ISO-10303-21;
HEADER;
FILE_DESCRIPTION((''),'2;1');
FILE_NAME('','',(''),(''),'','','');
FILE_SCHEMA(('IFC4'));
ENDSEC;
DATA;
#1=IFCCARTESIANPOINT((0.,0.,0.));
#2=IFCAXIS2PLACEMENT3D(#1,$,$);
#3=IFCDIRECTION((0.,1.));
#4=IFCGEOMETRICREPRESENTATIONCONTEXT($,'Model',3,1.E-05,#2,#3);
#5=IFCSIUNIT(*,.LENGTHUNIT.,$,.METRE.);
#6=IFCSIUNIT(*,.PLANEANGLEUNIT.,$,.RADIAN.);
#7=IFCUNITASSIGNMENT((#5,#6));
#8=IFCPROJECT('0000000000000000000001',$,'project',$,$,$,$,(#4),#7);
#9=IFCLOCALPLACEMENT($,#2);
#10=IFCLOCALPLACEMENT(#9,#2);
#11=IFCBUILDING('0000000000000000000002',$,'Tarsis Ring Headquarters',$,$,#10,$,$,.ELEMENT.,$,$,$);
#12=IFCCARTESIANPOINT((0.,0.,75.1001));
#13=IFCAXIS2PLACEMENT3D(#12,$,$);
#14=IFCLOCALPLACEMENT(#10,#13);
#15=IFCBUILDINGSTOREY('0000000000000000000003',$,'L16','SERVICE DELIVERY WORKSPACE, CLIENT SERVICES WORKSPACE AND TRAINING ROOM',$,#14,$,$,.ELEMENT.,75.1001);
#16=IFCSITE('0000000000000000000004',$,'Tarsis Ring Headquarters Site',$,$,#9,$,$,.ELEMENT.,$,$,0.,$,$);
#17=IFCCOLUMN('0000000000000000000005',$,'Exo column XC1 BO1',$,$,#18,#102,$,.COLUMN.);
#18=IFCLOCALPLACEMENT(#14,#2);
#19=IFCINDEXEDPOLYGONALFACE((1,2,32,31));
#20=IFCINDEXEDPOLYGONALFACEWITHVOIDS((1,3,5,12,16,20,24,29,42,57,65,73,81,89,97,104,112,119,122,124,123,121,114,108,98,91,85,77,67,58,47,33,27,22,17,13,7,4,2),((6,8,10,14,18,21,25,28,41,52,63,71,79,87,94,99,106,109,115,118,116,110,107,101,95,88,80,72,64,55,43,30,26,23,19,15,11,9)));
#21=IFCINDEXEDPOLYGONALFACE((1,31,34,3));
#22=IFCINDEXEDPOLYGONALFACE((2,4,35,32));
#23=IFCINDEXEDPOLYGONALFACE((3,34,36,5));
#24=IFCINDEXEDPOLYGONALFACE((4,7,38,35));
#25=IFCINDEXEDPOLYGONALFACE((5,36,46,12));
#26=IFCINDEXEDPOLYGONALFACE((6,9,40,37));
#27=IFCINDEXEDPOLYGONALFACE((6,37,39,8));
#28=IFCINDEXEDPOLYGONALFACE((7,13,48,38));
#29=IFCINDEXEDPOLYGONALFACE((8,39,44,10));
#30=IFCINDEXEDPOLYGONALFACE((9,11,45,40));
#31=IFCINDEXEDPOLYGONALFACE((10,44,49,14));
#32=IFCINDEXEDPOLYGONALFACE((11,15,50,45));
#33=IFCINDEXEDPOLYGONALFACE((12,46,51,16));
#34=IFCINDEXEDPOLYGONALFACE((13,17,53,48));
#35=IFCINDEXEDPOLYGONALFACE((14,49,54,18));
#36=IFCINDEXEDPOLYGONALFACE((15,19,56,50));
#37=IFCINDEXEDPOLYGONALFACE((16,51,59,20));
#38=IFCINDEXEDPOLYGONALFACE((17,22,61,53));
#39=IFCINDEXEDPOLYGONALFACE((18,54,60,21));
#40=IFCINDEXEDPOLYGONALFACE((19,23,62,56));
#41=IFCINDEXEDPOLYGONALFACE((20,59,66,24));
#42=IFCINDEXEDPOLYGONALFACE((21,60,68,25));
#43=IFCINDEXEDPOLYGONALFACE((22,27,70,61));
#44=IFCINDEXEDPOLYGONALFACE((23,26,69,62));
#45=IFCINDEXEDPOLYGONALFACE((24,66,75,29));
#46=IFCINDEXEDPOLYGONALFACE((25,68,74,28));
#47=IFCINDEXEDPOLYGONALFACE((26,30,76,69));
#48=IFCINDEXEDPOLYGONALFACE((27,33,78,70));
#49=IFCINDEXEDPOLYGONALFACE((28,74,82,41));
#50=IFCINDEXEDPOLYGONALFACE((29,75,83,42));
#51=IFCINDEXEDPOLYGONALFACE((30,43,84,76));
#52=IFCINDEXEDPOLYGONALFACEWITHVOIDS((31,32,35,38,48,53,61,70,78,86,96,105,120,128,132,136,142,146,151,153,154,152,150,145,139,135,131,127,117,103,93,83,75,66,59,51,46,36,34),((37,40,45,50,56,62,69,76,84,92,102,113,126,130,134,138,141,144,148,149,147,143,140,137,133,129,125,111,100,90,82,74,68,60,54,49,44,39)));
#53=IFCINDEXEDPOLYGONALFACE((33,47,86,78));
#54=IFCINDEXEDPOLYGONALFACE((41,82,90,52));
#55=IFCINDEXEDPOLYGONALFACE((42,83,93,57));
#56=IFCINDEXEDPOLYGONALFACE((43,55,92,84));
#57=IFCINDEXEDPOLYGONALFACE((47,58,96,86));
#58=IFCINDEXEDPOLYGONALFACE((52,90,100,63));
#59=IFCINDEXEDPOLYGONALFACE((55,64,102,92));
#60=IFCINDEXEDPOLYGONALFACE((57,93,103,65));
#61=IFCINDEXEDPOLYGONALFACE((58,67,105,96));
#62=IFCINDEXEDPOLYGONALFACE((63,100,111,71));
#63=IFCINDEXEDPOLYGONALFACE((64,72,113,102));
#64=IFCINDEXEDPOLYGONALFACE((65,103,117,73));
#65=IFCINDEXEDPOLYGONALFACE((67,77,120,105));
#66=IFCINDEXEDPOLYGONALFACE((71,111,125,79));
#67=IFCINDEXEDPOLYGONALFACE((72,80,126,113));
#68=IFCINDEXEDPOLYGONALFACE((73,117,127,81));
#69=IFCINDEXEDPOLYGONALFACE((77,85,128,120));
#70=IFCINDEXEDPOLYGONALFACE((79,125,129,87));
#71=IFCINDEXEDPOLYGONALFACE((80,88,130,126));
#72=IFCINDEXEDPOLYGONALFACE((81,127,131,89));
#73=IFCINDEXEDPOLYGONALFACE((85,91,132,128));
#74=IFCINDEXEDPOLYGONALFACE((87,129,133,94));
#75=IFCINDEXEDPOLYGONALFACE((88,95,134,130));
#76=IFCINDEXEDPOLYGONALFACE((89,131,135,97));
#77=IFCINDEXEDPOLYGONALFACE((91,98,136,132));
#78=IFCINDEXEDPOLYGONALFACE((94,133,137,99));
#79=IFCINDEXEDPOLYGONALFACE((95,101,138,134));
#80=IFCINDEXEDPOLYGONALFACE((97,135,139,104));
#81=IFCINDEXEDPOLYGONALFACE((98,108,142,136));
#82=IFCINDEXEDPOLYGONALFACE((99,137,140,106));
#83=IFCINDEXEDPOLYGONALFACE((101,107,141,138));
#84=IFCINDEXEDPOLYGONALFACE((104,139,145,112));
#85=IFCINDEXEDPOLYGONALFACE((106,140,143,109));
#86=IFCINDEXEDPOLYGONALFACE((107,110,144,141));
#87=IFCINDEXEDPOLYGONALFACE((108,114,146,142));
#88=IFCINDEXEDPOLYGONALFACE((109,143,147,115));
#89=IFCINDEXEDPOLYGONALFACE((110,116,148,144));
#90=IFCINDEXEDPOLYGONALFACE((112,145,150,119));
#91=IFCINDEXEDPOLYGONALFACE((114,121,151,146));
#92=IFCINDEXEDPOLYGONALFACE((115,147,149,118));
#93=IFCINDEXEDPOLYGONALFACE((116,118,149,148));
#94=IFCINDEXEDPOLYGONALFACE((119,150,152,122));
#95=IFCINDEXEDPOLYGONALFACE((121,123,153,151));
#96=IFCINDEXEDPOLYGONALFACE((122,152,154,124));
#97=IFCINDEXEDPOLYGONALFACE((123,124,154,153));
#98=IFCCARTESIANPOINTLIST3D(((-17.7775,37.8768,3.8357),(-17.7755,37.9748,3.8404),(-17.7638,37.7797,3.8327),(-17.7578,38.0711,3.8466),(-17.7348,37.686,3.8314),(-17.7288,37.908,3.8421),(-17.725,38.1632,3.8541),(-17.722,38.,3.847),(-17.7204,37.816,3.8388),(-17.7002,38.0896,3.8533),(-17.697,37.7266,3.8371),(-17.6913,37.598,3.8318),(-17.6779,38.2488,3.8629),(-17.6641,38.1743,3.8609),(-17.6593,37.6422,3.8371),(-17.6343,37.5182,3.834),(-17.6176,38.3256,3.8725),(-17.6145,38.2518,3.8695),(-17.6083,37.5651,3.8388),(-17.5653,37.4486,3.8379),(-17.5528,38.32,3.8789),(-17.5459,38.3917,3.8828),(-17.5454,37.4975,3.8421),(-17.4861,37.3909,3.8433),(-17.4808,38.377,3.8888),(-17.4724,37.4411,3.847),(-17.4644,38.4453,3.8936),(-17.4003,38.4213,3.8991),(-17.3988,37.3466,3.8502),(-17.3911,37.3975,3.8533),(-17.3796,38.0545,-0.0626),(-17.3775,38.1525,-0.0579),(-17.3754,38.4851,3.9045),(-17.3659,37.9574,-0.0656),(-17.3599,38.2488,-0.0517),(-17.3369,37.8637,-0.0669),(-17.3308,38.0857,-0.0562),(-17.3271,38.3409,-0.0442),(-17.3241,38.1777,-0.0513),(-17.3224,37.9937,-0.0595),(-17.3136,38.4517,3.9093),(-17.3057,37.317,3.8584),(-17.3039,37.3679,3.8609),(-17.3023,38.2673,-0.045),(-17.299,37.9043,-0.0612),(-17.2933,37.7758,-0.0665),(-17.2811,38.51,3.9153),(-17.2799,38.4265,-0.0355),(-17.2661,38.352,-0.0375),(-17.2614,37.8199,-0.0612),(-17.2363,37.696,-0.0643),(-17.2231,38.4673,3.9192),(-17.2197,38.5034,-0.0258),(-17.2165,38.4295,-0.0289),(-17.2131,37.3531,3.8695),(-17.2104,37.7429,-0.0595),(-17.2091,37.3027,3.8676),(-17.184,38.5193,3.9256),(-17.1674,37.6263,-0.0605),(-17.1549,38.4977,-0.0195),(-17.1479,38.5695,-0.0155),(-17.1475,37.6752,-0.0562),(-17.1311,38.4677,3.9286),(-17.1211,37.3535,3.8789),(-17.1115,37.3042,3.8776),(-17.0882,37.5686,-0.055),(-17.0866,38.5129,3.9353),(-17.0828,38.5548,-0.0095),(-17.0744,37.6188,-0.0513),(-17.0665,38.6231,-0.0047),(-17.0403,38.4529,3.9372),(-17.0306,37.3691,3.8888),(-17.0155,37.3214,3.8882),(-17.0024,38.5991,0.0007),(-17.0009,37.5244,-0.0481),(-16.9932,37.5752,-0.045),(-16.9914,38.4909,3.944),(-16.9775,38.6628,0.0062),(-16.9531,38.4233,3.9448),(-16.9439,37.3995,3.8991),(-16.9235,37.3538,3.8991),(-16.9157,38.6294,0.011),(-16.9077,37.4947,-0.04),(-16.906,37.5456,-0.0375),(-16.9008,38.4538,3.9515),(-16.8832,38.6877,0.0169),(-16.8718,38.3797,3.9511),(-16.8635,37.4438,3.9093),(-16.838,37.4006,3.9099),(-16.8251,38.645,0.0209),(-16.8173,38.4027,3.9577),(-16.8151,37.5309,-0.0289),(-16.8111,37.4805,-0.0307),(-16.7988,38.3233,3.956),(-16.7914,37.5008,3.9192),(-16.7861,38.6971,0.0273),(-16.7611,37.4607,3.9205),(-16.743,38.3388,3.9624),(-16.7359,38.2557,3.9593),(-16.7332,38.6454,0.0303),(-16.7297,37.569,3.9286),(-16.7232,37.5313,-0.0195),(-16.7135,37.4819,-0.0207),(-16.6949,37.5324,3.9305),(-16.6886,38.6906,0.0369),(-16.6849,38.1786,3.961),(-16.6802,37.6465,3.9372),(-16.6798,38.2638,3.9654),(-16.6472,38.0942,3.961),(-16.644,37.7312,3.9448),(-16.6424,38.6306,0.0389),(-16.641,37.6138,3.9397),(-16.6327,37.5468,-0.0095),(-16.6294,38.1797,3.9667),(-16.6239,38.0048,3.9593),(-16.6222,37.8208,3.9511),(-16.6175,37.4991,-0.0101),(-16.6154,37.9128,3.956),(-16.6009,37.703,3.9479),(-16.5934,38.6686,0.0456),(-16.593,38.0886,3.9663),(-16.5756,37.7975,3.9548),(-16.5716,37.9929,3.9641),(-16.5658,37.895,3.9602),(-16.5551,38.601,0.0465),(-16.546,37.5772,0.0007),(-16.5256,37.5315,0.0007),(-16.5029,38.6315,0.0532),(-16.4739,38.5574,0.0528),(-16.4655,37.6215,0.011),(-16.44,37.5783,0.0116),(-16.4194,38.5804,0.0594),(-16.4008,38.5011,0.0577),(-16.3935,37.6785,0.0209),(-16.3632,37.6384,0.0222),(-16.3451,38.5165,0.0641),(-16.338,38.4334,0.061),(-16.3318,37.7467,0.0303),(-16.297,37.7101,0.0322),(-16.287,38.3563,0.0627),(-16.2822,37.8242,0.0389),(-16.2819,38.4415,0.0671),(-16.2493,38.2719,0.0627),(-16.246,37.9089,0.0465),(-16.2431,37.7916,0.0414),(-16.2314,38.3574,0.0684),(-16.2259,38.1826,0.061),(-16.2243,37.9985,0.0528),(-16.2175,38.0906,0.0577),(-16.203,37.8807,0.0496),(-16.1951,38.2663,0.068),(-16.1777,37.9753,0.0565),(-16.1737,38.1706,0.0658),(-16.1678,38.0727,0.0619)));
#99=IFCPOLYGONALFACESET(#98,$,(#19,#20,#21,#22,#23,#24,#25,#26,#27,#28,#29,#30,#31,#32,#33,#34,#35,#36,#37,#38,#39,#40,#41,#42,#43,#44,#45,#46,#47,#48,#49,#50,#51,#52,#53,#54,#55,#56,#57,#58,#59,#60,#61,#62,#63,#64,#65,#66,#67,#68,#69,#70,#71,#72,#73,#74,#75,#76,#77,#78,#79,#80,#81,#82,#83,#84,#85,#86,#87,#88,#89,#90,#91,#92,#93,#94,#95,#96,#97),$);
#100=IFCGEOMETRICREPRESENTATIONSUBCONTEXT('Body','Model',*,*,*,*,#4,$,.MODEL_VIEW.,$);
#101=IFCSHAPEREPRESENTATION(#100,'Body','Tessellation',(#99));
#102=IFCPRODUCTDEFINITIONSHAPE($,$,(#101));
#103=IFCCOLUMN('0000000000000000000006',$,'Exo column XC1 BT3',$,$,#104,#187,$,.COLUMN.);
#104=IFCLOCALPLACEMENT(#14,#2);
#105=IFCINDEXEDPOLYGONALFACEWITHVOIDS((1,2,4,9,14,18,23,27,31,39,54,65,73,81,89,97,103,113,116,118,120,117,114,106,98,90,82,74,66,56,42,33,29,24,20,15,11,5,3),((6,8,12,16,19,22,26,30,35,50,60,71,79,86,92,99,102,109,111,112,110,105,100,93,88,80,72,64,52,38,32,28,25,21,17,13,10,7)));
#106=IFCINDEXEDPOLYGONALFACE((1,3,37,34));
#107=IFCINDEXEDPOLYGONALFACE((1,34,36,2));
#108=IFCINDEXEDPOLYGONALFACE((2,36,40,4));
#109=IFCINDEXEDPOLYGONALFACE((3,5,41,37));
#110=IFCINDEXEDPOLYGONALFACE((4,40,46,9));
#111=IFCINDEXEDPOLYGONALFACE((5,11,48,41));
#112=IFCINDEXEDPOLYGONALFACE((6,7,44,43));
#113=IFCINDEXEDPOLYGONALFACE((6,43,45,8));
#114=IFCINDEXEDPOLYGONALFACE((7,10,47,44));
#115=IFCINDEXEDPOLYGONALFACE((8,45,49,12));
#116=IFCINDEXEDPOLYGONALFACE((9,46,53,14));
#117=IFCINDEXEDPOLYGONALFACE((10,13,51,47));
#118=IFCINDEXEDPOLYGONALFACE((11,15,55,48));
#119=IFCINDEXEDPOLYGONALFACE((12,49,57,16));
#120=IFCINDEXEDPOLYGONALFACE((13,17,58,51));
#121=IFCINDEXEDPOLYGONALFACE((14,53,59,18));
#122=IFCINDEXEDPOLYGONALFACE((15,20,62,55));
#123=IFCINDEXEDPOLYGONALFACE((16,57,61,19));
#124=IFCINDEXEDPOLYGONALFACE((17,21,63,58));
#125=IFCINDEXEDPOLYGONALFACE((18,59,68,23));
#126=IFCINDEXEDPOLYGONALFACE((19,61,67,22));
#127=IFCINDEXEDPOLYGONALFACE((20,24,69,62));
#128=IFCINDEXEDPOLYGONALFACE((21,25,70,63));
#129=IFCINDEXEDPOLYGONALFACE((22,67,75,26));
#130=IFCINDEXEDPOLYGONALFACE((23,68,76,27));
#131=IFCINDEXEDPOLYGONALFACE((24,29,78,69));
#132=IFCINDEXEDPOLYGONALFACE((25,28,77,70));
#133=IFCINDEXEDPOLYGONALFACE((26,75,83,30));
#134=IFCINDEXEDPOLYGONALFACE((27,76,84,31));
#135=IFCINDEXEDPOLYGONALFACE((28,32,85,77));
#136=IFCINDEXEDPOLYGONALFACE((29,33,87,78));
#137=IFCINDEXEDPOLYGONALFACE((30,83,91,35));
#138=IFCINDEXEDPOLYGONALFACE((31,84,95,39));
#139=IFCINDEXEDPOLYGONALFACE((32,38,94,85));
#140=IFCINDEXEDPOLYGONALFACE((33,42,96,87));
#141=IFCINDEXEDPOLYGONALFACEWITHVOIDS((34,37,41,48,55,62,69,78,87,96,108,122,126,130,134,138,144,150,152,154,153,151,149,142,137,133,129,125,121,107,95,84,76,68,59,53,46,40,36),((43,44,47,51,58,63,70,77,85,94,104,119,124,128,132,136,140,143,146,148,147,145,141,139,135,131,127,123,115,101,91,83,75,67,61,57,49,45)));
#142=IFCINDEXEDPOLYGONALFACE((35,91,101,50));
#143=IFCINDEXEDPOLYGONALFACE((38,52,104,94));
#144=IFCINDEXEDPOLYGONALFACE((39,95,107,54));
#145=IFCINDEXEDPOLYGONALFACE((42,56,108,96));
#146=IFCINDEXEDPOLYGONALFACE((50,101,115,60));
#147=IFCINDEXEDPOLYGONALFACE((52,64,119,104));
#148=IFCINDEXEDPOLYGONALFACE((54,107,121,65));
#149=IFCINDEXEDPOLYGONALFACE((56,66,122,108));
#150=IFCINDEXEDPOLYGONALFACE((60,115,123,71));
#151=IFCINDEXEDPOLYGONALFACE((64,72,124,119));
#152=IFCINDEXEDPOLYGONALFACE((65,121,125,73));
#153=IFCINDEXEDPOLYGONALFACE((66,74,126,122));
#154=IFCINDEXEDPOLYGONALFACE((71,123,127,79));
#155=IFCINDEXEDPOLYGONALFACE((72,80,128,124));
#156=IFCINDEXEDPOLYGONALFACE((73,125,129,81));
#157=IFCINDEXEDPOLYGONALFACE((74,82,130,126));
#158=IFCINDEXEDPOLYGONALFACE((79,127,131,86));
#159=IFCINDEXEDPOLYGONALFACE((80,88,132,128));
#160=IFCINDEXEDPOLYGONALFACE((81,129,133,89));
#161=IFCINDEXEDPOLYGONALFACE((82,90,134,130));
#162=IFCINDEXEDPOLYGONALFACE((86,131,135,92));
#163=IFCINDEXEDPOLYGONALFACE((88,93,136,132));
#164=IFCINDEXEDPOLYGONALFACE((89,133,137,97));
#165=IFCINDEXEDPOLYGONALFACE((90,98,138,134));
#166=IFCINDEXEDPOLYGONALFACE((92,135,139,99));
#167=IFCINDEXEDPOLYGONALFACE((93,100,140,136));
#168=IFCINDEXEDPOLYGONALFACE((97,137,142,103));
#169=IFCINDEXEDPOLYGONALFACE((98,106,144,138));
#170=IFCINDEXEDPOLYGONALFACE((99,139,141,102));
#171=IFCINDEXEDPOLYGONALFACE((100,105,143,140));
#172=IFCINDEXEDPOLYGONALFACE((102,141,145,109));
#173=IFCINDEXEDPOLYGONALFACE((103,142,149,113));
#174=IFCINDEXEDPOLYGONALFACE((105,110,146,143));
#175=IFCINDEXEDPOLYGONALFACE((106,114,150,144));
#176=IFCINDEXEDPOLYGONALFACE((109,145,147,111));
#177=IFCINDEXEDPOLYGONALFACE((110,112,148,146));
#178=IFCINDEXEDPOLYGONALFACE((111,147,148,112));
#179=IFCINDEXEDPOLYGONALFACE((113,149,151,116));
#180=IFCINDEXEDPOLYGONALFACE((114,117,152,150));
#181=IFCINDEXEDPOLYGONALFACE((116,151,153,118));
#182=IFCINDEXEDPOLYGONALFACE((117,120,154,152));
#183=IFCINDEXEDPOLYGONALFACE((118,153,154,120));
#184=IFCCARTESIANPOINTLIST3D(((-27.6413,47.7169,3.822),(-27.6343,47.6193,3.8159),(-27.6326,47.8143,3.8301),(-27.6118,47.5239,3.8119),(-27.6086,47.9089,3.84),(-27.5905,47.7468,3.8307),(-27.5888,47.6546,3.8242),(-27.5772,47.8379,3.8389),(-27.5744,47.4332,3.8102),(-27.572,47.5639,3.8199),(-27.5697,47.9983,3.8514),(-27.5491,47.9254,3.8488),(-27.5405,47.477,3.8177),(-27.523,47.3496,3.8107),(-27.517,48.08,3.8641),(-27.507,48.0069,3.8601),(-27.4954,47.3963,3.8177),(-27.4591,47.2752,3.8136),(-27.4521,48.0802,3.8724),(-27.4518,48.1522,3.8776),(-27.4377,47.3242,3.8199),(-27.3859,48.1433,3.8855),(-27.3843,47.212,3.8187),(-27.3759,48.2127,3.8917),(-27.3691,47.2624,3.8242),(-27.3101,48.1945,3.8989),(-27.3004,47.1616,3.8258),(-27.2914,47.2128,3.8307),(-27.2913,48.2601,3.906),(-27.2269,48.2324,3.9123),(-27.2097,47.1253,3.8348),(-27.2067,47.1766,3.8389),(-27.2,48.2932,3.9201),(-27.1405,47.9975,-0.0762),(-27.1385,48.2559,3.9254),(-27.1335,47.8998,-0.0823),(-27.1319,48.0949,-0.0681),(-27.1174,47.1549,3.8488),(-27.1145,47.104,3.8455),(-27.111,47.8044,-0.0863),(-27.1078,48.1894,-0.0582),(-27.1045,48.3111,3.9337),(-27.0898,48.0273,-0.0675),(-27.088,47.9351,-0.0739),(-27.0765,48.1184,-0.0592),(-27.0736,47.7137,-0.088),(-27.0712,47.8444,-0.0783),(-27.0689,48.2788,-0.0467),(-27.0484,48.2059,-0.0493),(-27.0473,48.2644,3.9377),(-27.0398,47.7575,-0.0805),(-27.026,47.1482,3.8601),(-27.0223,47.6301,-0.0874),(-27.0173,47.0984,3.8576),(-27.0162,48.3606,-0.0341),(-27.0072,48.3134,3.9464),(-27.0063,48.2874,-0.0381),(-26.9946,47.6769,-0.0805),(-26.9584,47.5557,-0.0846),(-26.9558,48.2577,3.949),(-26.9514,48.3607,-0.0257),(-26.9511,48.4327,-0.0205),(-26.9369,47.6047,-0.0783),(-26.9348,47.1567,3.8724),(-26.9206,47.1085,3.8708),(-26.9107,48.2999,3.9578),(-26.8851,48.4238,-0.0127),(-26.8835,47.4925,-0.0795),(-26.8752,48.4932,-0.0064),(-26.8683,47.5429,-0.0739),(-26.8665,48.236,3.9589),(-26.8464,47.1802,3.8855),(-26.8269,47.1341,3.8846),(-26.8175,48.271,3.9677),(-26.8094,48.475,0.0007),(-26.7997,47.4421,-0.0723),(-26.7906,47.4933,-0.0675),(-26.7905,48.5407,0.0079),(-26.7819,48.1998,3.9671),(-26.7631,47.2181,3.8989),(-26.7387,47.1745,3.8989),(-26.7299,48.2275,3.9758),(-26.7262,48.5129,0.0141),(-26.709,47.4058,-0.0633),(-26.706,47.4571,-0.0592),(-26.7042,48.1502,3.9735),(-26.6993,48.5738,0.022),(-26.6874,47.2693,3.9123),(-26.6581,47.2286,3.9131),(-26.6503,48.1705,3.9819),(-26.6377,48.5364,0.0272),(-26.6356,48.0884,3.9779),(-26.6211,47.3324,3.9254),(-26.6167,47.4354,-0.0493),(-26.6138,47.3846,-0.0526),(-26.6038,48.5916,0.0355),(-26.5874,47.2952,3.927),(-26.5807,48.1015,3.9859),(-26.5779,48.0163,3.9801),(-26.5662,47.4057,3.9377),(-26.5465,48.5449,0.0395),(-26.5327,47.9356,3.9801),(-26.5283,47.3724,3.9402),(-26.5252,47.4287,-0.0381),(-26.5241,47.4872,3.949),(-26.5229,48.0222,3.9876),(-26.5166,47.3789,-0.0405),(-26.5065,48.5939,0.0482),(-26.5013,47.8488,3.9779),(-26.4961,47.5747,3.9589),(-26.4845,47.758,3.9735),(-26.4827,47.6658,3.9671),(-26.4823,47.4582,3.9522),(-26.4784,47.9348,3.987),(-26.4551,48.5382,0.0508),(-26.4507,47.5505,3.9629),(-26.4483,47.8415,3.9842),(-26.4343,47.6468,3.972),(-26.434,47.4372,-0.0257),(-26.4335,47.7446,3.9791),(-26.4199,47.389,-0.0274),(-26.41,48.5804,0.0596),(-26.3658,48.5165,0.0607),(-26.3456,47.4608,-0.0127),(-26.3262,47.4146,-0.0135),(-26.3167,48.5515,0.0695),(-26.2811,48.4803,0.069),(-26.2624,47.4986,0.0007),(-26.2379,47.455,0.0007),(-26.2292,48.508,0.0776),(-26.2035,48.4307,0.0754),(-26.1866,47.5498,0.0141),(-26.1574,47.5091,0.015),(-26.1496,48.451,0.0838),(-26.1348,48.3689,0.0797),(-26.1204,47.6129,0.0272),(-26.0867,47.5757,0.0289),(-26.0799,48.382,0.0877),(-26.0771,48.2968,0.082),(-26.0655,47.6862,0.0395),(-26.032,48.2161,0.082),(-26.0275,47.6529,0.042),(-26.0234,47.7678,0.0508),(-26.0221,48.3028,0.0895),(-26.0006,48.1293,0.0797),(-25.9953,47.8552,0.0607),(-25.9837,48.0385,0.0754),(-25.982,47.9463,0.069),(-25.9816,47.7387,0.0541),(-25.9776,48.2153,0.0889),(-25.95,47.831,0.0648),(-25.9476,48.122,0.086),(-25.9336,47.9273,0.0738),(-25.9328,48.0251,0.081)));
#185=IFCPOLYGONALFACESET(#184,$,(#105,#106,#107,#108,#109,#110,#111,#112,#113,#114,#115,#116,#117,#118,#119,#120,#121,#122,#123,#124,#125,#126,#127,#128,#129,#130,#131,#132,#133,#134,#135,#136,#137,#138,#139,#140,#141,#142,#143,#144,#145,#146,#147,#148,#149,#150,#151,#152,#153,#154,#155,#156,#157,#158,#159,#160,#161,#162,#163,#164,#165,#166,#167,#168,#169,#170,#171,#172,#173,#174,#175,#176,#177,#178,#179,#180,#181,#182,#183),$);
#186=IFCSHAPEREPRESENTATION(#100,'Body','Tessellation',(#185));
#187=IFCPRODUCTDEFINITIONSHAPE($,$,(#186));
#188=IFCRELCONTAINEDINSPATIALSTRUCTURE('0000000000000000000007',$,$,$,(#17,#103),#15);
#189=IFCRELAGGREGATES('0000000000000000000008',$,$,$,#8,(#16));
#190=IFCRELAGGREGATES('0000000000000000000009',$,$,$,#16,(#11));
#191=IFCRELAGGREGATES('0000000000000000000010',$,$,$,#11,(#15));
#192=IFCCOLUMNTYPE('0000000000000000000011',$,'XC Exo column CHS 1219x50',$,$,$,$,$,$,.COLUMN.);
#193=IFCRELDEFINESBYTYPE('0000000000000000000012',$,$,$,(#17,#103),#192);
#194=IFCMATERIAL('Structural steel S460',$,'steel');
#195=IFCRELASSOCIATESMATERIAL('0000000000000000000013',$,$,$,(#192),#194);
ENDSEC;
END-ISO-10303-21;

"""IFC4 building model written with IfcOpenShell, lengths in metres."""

from ifc_helpers import new_model, si_unit, direction, frame, origin, origin_2d, place, context, subcontext, project, spatial, hollow_circle, extrude, material, material_profile, profile_set, type_object, element, save


model = new_model("IFC4")

# Units and contexts
model_context = context("Model", 3, precision=1e-05, world=origin(), true_north=direction((0.0, 1.0)))
body_context = subcontext(model_context, "Body", "Model", "MODEL_VIEW")
ifc_project = project(units=[si_unit("LENGTHUNIT", "METRE"), si_unit("PLANEANGLEUNIT", "RADIAN")], contexts=[model_context])

# Site, building, storey
site_placement = place(None, origin())
site = spatial("IfcSite", under=ifc_project, at=site_placement, Name="Tarsis Ring Headquarters Site", CompositionType="ELEMENT", RefElevation=0.0)
building_placement = place(site_placement, origin())
building = spatial("IfcBuilding", under=site, at=building_placement, Name="Tarsis Ring Headquarters", CompositionType="ELEMENT")
storey_placement = place(building_placement, frame((0.0, 0.0, 75.1001)))
storey = spatial("IfcBuildingStorey", under=building, at=storey_placement, Name="L16", Description="SERVICE DELIVERY WORKSPACE, CLIENT SERVICES WORKSPACE AND TRAINING ROOM", CompositionType="ELEMENT", Elevation=75.1001)

# Columns
ifc_material_1 = material(Name="Structural steel S460", Category="steel")
ifc_material_profile_1 = material_profile(ifc_material_1, hollow_circle(Radius=0.6096, WallThickness=0.05, at=origin_2d()), Name="CHS 1219x50")
ifc_profile_set_1 = profile_set([ifc_material_profile_1], Name="Structural steel S460")
column_type = type_object("IfcColumnType", Name="XC Exo column CHS 1219x50", PredefinedType="COLUMN", material=ifc_profile_set_1)
column_1_placement = place(storey_placement, frame((-16.7742, 38.0881, 0.0007), z_axis=(-0.101447, -0.045309, 0.993809), x_axis=(0.407801, -0.913071, 0.0)))
element("IfcColumn", 1, at=column_1_placement, inside=storey, type_object=column_type, Name="Exo column XC1 BO1", PredefinedType="COLUMN", context=body_context, shape_type="SweptSolid", body=[
    extrude(hollow_circle(Radius=0.6096, WallThickness=0.05, at=origin_2d()), origin(), (0.0, 0.0, 1.0), 3.9226),
])
column_2_placement = place(storey_placement, frame((-26.5359, 47.9868, 0.0007), z_axis=(-0.127082, -0.071193, 0.989334), x_axis=(0.488746, -0.872426, 0.0)))
element("IfcColumn", 2, at=column_2_placement, inside=storey, type_object=column_type, Name="Exo column XC1 BT3", PredefinedType="COLUMN", context=body_context, shape_type="SweptSolid", body=[
    extrude(hollow_circle(Radius=0.6096, WallThickness=0.05, at=origin_2d()), origin(), (0.0, 0.0, 1.0), 3.9402),
])

save(model, "model.ifc")
